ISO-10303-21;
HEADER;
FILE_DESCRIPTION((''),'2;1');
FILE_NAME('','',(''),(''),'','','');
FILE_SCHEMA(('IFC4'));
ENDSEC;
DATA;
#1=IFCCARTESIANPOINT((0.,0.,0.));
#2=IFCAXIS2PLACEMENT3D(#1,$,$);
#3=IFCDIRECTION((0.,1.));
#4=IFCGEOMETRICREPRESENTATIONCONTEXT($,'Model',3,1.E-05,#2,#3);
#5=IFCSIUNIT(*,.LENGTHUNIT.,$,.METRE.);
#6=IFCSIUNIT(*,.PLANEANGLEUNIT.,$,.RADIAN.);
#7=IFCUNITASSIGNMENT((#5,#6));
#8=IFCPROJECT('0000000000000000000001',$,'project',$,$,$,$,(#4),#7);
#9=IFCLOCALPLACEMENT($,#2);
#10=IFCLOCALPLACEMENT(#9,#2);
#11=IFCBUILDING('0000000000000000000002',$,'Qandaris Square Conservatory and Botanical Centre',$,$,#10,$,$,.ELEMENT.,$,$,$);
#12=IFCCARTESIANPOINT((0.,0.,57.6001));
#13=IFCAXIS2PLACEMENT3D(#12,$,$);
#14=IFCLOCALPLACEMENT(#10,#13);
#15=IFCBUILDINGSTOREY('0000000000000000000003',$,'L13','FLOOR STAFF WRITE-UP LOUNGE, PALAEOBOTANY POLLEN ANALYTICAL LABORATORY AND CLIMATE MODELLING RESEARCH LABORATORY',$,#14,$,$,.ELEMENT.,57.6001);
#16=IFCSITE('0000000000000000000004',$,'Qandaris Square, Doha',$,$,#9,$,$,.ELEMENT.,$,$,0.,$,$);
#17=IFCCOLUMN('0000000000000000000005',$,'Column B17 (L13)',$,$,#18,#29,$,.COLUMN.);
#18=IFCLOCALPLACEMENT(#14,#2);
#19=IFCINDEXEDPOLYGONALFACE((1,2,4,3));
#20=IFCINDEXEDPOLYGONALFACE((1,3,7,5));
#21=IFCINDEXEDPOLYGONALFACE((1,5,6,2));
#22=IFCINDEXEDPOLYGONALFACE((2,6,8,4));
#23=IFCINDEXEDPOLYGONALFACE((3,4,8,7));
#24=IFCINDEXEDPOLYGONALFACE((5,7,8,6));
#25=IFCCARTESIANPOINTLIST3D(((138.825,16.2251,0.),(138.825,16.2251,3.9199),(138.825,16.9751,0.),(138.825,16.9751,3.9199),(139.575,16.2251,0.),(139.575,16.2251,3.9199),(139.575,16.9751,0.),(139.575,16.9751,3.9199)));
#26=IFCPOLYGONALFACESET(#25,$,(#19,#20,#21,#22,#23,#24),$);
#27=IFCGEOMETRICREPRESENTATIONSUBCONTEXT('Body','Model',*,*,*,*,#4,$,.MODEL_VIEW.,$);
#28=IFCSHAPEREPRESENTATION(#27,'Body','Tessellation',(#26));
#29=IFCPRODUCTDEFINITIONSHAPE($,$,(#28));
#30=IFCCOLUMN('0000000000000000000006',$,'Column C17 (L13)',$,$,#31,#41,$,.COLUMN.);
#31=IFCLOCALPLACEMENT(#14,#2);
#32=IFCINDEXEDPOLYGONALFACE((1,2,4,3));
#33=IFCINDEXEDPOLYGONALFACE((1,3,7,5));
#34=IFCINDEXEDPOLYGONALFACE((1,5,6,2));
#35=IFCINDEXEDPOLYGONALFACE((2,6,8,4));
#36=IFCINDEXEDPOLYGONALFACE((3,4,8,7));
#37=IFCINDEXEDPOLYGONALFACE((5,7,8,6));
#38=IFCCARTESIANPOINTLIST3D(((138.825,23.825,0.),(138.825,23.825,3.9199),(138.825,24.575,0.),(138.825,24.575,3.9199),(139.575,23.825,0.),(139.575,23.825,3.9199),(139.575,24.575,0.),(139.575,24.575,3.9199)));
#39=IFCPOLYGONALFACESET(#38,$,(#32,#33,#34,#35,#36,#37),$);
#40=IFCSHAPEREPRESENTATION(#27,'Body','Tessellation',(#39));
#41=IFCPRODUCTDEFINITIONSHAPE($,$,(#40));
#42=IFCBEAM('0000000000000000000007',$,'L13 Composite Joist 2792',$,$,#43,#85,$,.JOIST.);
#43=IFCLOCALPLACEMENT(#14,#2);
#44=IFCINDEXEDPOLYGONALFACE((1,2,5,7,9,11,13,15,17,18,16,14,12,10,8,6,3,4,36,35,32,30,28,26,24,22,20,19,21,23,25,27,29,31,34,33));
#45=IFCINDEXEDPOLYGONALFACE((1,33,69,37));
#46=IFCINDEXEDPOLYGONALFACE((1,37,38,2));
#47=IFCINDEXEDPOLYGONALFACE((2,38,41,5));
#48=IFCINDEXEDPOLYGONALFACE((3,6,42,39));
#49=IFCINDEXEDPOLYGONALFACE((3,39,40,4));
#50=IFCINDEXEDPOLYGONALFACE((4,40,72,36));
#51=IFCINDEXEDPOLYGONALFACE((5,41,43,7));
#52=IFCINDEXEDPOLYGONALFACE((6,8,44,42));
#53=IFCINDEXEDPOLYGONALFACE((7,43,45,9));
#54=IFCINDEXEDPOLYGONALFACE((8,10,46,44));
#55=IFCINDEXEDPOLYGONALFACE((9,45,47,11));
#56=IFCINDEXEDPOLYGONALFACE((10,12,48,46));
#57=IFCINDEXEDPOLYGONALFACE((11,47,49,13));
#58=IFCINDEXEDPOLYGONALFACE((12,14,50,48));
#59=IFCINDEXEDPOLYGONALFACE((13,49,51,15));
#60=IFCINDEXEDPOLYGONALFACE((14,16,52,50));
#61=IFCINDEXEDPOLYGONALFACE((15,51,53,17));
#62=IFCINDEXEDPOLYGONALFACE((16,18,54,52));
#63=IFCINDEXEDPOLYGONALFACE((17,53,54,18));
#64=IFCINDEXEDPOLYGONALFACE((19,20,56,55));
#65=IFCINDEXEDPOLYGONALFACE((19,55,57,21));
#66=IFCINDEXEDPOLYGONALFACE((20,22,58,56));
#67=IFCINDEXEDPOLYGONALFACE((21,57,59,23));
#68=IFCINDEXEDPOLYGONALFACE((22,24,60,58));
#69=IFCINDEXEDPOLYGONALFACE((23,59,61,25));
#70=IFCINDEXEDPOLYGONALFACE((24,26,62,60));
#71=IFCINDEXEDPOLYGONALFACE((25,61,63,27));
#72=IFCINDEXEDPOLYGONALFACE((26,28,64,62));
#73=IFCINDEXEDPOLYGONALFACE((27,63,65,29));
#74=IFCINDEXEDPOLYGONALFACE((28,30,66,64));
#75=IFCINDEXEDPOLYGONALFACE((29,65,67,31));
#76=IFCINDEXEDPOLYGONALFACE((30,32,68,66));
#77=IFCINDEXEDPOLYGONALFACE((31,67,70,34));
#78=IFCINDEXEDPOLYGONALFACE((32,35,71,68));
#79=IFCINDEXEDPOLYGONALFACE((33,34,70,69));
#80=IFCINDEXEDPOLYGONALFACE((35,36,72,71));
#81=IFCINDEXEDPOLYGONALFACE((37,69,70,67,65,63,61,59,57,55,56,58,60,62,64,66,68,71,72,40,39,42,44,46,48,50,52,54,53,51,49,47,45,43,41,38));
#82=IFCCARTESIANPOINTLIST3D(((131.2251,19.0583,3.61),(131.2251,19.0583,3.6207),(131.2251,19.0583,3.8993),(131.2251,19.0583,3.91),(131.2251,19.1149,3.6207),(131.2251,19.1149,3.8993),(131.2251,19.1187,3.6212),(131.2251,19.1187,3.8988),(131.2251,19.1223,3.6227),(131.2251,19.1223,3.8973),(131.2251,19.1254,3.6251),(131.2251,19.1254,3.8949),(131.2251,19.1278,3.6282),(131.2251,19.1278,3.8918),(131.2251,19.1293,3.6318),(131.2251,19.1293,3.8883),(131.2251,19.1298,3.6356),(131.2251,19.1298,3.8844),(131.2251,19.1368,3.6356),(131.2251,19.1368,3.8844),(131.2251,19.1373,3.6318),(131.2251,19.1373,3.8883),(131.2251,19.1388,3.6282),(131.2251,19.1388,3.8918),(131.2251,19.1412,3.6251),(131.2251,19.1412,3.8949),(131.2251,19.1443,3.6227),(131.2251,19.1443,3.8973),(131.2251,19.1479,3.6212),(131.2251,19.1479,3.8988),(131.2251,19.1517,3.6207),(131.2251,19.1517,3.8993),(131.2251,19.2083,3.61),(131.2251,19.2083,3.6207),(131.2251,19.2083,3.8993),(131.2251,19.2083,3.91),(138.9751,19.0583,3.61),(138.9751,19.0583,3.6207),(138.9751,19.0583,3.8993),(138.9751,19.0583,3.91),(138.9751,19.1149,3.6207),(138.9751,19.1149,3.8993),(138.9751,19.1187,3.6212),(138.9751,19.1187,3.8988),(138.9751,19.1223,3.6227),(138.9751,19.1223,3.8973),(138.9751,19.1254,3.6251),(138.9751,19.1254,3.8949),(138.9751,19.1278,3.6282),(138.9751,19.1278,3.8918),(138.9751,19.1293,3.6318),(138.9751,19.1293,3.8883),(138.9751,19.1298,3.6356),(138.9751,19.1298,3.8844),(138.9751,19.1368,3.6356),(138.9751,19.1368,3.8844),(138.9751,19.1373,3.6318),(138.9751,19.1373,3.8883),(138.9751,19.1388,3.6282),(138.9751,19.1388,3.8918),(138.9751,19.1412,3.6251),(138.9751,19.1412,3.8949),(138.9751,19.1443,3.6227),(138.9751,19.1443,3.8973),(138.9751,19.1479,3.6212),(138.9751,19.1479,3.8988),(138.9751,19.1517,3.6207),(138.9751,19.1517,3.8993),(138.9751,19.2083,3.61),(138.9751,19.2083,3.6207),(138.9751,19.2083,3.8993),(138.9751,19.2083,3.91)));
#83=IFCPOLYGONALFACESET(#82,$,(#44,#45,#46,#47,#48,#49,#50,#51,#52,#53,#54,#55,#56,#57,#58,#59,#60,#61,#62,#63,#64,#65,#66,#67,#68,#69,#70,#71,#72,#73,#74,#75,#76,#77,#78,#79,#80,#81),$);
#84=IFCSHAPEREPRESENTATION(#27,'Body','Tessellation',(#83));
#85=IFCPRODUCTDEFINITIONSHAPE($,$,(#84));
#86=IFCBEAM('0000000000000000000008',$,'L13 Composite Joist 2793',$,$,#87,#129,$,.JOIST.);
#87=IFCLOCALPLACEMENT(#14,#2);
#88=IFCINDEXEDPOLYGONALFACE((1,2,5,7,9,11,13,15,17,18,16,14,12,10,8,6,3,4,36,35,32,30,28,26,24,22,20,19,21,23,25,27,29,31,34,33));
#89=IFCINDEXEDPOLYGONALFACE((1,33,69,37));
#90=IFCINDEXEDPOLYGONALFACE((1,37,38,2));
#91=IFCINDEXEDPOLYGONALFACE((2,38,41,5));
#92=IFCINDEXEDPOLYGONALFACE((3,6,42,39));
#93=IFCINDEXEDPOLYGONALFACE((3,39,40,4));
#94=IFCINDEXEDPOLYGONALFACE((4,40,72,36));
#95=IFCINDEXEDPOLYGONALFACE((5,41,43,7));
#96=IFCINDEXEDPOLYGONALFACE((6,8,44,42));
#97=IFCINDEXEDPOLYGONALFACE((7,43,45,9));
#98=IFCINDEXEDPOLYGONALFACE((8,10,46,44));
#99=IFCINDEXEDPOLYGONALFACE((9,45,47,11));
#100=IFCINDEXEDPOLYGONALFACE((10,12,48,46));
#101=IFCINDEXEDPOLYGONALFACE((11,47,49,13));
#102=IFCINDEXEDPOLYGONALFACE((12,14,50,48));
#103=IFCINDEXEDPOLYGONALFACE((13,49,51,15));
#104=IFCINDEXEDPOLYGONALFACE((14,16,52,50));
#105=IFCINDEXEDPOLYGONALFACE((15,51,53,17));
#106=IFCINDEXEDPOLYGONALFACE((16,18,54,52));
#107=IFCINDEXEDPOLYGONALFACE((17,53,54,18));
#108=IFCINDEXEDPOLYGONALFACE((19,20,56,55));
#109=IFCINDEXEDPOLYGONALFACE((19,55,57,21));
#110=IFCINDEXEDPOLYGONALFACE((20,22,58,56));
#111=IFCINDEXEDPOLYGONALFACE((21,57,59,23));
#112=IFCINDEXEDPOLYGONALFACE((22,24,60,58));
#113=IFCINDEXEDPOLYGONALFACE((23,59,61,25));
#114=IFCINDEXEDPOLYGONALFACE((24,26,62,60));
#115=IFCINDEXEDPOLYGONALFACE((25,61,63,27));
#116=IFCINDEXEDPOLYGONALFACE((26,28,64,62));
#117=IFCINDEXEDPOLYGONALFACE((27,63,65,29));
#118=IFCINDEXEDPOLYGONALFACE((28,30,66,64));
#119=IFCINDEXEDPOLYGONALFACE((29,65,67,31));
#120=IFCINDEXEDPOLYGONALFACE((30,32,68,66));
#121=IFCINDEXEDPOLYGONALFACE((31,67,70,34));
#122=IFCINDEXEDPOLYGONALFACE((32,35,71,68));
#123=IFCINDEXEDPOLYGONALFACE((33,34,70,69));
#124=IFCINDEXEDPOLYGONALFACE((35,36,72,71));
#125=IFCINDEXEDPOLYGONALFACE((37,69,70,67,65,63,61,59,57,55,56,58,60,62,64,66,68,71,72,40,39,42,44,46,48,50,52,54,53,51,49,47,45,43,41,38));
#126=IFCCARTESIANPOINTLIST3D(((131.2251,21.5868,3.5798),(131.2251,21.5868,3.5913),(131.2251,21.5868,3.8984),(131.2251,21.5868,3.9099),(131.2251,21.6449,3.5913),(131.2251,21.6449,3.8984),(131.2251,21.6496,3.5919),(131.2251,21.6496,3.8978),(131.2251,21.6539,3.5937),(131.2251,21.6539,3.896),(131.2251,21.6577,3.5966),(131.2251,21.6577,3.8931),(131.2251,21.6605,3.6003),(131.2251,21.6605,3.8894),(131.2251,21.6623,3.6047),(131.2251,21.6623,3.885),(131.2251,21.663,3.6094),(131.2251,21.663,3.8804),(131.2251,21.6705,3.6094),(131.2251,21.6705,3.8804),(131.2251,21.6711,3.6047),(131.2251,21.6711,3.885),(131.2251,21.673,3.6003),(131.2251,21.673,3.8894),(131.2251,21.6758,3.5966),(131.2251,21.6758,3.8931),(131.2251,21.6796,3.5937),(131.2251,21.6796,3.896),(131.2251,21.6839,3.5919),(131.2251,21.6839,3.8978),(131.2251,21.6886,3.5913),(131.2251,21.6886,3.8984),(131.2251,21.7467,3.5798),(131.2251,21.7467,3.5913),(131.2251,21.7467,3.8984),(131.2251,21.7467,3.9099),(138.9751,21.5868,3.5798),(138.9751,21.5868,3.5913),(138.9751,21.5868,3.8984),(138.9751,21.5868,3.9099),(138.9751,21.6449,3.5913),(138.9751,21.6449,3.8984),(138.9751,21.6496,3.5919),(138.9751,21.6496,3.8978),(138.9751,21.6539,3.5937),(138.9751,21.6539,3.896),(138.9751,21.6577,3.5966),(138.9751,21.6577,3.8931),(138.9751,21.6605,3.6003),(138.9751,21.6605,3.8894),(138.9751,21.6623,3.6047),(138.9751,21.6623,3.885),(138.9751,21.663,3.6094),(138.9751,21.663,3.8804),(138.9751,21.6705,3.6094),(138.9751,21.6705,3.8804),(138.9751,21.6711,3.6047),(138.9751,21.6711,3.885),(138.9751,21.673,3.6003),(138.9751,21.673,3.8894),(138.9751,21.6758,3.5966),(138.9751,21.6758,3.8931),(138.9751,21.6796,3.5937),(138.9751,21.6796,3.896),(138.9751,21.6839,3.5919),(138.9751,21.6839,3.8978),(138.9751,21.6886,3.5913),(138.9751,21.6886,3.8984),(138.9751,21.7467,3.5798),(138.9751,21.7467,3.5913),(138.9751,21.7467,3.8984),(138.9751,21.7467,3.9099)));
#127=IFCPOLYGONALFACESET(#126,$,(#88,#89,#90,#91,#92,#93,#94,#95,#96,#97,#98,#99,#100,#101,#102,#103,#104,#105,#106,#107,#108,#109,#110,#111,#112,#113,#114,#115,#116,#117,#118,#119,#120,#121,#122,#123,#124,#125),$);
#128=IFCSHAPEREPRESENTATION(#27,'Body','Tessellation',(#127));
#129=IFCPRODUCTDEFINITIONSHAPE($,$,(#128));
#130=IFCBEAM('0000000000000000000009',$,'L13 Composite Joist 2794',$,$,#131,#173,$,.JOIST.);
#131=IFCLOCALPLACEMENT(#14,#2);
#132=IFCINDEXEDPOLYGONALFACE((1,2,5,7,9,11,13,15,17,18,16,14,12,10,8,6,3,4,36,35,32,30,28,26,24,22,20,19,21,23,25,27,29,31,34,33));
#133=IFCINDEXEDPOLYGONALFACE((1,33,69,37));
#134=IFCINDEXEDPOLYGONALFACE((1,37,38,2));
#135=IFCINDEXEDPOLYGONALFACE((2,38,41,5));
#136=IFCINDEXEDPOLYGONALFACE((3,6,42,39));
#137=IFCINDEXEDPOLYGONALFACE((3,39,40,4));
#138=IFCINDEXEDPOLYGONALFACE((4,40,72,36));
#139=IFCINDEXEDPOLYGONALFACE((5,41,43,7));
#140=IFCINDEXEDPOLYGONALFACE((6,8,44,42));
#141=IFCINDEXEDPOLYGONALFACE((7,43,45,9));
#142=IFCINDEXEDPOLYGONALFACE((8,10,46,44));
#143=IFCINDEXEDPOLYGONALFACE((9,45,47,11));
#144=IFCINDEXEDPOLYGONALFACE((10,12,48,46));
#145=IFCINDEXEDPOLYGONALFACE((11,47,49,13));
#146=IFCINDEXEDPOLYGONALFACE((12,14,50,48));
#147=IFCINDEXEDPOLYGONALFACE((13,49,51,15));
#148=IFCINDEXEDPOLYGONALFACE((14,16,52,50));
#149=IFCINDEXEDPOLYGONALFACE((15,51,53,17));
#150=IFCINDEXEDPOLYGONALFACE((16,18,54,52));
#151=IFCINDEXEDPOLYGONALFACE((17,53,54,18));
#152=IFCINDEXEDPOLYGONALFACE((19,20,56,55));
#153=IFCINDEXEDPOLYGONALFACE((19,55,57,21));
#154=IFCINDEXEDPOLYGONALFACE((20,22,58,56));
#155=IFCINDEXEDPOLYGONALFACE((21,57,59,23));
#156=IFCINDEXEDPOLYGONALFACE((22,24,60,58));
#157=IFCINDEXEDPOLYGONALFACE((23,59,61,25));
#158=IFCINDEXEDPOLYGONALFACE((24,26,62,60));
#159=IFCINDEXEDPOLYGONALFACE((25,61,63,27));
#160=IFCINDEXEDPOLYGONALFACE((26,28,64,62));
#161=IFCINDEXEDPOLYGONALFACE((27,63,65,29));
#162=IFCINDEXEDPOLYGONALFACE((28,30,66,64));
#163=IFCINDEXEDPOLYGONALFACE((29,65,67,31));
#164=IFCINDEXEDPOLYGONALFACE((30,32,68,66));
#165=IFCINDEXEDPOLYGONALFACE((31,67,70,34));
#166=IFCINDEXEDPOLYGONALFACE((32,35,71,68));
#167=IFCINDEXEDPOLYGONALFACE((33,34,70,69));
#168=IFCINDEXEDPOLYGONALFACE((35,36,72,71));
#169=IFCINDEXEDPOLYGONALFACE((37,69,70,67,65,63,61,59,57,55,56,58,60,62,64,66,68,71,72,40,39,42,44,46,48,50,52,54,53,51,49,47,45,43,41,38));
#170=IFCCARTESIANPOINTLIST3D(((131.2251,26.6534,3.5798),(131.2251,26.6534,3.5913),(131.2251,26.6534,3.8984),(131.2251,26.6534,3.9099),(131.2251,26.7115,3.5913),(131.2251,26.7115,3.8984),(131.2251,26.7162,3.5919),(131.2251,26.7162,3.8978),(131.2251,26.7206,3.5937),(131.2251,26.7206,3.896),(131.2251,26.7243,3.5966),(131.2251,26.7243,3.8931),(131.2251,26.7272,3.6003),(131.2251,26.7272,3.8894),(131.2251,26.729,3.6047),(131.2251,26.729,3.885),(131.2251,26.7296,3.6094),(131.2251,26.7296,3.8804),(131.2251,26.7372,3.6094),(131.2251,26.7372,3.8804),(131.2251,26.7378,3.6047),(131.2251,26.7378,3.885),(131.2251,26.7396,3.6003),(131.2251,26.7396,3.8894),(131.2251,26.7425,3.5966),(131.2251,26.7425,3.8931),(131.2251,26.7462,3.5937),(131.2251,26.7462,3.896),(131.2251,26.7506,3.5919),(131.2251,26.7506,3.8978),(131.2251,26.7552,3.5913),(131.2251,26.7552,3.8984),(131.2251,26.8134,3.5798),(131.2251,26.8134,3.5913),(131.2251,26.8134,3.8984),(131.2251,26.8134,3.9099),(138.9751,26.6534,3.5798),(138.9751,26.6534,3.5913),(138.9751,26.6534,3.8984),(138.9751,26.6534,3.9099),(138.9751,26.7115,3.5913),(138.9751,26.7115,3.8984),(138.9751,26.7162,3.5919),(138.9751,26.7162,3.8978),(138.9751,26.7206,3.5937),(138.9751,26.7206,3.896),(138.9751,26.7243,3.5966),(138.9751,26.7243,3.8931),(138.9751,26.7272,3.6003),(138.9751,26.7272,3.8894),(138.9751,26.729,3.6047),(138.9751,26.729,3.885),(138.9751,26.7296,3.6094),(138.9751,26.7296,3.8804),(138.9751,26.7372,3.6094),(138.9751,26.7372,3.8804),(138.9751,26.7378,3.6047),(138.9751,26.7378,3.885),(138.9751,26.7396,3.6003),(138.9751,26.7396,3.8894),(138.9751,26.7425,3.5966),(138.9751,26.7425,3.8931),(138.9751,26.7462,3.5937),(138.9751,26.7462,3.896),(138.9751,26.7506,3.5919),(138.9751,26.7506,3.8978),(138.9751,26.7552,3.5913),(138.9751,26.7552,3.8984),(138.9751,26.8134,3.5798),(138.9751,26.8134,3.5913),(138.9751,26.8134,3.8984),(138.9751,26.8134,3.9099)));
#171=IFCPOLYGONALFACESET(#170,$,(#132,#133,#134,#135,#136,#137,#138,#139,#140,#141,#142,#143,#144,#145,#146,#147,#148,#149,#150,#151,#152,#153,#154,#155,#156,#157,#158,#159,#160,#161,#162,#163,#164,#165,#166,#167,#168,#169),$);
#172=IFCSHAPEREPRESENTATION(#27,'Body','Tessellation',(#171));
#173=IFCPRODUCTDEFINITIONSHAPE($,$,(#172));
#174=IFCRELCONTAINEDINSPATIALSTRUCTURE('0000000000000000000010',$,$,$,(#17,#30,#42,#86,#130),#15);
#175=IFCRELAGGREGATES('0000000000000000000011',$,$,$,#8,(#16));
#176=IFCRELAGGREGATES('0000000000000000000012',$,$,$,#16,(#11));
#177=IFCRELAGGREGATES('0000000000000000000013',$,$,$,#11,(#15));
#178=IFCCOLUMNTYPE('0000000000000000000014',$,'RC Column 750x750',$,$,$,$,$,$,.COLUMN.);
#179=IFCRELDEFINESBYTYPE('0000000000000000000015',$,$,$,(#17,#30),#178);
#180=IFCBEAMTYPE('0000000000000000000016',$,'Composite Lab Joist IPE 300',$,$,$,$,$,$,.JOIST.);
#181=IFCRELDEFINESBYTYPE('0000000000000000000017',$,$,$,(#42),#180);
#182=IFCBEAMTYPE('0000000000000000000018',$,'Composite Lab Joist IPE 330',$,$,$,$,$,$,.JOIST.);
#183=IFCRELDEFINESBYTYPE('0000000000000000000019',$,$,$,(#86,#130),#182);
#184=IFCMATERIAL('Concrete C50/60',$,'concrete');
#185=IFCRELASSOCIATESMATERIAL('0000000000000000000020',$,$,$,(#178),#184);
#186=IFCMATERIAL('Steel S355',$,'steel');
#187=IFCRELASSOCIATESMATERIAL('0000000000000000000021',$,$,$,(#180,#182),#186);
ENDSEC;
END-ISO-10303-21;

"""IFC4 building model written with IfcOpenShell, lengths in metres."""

from ifc_helpers import new_model, si_unit, direction, frame, origin, origin_2d, place, context, subcontext, project, spatial, rectangle, i_section, extrude, material, material_profile, profile_set, type_object, element, save


model = new_model("IFC4")

# Units and contexts
model_context = context("Model", 3, precision=1e-05, world=origin(), true_north=direction((0.0, 1.0)))
body_context = subcontext(model_context, "Body", "Model", "MODEL_VIEW")
ifc_project = project(units=[si_unit("LENGTHUNIT", "METRE"), si_unit("PLANEANGLEUNIT", "RADIAN")], contexts=[model_context])

# Site, building, storey
site_placement = place(None, origin())
site = spatial("IfcSite", under=ifc_project, at=site_placement, Name="Qandaris Square, Doha", CompositionType="ELEMENT", RefElevation=0.0)
building_placement = place(site_placement, origin())
building = spatial("IfcBuilding", under=site, at=building_placement, Name="Qandaris Square Conservatory and Botanical Centre", CompositionType="ELEMENT")
storey_placement = place(building_placement, frame((0.0, 0.0, 57.6001)))
storey = spatial("IfcBuildingStorey", under=building, at=storey_placement, Name="L13", Description="FLOOR STAFF WRITE-UP LOUNGE, PALAEOBOTANY POLLEN ANALYTICAL LABORATORY AND CLIMATE MODELLING RESEARCH LABORATORY", CompositionType="ELEMENT", Elevation=57.6001)

# Columns
ifc_material_1 = material(Name="Concrete C50/60", Category="concrete")
ifc_material_profile_1 = material_profile(ifc_material_1, rectangle(XDim=0.75, YDim=0.75, at=origin_2d()), Name="RC-COL 750x750")
ifc_profile_set_1 = profile_set([ifc_material_profile_1], Name="Concrete C50/60")
column_type = type_object("IfcColumnType", Name="RC Column 750x750", PredefinedType="COLUMN", material=ifc_profile_set_1)
for number, where, z_axis, x_axis, name in (
    (1, (139.2, 16.6001, 0.0), (0.0, 0.0, 1.0), (1.0, 0.0, 0.0), "Column B17 (L13)"),
    (2, (139.2, 24.2, 0.0), (0.0, 0.0, 1.0), (1.0, 0.0, 0.0), "Column C17 (L13)"),
):
    element("IfcColumn", number, at=place(storey_placement, frame(where, z_axis=z_axis, x_axis=x_axis)), inside=storey, type_object=column_type, Name=name, PredefinedType="COLUMN", context=body_context, shape_type="SweptSolid", body=[
        extrude(rectangle(XDim=0.75, YDim=0.75, at=origin_2d()), origin(), (0.0, 0.0, 1.0), 3.9199),
    ])

# Beams
ifc_material_2 = material(Name="Steel S355", Category="steel")
ifc_material_profile_2 = material_profile(ifc_material_2, i_section(OverallWidth=0.1499, OverallDepth=0.3, WebThickness=0.0071, FlangeThickness=0.0107, FilletRadius=0.0149, at=origin_2d()), Name="IPE 300")
ifc_profile_set_2 = profile_set([ifc_material_profile_2], Name="Steel S355")
beam_type_1 = type_object("IfcBeamType", Name="Composite Lab Joist IPE 300", PredefinedType="JOIST", material=ifc_profile_set_2)
beam_1_placement = place(storey_placement, frame((131.2251, 19.1333, 3.76), z_axis=(1.0, 0.0, 0.0), x_axis=(0.0, 1.0, 0.0)))
element("IfcBeam", 3, at=beam_1_placement, inside=storey, type_object=beam_type_1, Name="L13 Composite Joist 2792", PredefinedType="JOIST", context=body_context, shape_type="SweptSolid", body=[
    extrude(i_section(OverallWidth=0.1499, OverallDepth=0.3, WebThickness=0.0071, FlangeThickness=0.0107, FilletRadius=0.0149, at=origin_2d()), origin(), (0.0, 0.0, 1.0), 7.75),
])
ifc_material_profile_3 = material_profile(ifc_material_2, i_section(OverallWidth=0.1599, OverallDepth=0.3301, WebThickness=0.0076, FlangeThickness=0.0115, FilletRadius=0.0181, at=origin_2d()), Name="IPE 330")
ifc_profile_set_3 = profile_set([ifc_material_profile_3], Name="Steel S355")
beam_type_2 = type_object("IfcBeamType", Name="Composite Lab Joist IPE 330", PredefinedType="JOIST", material=ifc_profile_set_3)
for number, where, z_axis, x_axis, name in (
    (4, (131.2251, 21.6667, 3.7449), (1.0, 0.0, 0.0), (0.0, 1.0, 0.0), "L13 Composite Joist 2793"),
    (5, (131.2251, 26.7334, 3.7449), (1.0, 0.0, 0.0), (0.0, 1.0, 0.0), "L13 Composite Joist 2794"),
):
    element("IfcBeam", number, at=place(storey_placement, frame(where, z_axis=z_axis, x_axis=x_axis)), inside=storey, type_object=beam_type_2, Name=name, PredefinedType="JOIST", context=body_context, shape_type="SweptSolid", body=[
        extrude(i_section(OverallWidth=0.1599, OverallDepth=0.3301, WebThickness=0.0076, FlangeThickness=0.0115, FilletRadius=0.0181, at=origin_2d()), origin(), (0.0, 0.0, 1.0), 7.75),
    ])

save(model, "model.ifc")
